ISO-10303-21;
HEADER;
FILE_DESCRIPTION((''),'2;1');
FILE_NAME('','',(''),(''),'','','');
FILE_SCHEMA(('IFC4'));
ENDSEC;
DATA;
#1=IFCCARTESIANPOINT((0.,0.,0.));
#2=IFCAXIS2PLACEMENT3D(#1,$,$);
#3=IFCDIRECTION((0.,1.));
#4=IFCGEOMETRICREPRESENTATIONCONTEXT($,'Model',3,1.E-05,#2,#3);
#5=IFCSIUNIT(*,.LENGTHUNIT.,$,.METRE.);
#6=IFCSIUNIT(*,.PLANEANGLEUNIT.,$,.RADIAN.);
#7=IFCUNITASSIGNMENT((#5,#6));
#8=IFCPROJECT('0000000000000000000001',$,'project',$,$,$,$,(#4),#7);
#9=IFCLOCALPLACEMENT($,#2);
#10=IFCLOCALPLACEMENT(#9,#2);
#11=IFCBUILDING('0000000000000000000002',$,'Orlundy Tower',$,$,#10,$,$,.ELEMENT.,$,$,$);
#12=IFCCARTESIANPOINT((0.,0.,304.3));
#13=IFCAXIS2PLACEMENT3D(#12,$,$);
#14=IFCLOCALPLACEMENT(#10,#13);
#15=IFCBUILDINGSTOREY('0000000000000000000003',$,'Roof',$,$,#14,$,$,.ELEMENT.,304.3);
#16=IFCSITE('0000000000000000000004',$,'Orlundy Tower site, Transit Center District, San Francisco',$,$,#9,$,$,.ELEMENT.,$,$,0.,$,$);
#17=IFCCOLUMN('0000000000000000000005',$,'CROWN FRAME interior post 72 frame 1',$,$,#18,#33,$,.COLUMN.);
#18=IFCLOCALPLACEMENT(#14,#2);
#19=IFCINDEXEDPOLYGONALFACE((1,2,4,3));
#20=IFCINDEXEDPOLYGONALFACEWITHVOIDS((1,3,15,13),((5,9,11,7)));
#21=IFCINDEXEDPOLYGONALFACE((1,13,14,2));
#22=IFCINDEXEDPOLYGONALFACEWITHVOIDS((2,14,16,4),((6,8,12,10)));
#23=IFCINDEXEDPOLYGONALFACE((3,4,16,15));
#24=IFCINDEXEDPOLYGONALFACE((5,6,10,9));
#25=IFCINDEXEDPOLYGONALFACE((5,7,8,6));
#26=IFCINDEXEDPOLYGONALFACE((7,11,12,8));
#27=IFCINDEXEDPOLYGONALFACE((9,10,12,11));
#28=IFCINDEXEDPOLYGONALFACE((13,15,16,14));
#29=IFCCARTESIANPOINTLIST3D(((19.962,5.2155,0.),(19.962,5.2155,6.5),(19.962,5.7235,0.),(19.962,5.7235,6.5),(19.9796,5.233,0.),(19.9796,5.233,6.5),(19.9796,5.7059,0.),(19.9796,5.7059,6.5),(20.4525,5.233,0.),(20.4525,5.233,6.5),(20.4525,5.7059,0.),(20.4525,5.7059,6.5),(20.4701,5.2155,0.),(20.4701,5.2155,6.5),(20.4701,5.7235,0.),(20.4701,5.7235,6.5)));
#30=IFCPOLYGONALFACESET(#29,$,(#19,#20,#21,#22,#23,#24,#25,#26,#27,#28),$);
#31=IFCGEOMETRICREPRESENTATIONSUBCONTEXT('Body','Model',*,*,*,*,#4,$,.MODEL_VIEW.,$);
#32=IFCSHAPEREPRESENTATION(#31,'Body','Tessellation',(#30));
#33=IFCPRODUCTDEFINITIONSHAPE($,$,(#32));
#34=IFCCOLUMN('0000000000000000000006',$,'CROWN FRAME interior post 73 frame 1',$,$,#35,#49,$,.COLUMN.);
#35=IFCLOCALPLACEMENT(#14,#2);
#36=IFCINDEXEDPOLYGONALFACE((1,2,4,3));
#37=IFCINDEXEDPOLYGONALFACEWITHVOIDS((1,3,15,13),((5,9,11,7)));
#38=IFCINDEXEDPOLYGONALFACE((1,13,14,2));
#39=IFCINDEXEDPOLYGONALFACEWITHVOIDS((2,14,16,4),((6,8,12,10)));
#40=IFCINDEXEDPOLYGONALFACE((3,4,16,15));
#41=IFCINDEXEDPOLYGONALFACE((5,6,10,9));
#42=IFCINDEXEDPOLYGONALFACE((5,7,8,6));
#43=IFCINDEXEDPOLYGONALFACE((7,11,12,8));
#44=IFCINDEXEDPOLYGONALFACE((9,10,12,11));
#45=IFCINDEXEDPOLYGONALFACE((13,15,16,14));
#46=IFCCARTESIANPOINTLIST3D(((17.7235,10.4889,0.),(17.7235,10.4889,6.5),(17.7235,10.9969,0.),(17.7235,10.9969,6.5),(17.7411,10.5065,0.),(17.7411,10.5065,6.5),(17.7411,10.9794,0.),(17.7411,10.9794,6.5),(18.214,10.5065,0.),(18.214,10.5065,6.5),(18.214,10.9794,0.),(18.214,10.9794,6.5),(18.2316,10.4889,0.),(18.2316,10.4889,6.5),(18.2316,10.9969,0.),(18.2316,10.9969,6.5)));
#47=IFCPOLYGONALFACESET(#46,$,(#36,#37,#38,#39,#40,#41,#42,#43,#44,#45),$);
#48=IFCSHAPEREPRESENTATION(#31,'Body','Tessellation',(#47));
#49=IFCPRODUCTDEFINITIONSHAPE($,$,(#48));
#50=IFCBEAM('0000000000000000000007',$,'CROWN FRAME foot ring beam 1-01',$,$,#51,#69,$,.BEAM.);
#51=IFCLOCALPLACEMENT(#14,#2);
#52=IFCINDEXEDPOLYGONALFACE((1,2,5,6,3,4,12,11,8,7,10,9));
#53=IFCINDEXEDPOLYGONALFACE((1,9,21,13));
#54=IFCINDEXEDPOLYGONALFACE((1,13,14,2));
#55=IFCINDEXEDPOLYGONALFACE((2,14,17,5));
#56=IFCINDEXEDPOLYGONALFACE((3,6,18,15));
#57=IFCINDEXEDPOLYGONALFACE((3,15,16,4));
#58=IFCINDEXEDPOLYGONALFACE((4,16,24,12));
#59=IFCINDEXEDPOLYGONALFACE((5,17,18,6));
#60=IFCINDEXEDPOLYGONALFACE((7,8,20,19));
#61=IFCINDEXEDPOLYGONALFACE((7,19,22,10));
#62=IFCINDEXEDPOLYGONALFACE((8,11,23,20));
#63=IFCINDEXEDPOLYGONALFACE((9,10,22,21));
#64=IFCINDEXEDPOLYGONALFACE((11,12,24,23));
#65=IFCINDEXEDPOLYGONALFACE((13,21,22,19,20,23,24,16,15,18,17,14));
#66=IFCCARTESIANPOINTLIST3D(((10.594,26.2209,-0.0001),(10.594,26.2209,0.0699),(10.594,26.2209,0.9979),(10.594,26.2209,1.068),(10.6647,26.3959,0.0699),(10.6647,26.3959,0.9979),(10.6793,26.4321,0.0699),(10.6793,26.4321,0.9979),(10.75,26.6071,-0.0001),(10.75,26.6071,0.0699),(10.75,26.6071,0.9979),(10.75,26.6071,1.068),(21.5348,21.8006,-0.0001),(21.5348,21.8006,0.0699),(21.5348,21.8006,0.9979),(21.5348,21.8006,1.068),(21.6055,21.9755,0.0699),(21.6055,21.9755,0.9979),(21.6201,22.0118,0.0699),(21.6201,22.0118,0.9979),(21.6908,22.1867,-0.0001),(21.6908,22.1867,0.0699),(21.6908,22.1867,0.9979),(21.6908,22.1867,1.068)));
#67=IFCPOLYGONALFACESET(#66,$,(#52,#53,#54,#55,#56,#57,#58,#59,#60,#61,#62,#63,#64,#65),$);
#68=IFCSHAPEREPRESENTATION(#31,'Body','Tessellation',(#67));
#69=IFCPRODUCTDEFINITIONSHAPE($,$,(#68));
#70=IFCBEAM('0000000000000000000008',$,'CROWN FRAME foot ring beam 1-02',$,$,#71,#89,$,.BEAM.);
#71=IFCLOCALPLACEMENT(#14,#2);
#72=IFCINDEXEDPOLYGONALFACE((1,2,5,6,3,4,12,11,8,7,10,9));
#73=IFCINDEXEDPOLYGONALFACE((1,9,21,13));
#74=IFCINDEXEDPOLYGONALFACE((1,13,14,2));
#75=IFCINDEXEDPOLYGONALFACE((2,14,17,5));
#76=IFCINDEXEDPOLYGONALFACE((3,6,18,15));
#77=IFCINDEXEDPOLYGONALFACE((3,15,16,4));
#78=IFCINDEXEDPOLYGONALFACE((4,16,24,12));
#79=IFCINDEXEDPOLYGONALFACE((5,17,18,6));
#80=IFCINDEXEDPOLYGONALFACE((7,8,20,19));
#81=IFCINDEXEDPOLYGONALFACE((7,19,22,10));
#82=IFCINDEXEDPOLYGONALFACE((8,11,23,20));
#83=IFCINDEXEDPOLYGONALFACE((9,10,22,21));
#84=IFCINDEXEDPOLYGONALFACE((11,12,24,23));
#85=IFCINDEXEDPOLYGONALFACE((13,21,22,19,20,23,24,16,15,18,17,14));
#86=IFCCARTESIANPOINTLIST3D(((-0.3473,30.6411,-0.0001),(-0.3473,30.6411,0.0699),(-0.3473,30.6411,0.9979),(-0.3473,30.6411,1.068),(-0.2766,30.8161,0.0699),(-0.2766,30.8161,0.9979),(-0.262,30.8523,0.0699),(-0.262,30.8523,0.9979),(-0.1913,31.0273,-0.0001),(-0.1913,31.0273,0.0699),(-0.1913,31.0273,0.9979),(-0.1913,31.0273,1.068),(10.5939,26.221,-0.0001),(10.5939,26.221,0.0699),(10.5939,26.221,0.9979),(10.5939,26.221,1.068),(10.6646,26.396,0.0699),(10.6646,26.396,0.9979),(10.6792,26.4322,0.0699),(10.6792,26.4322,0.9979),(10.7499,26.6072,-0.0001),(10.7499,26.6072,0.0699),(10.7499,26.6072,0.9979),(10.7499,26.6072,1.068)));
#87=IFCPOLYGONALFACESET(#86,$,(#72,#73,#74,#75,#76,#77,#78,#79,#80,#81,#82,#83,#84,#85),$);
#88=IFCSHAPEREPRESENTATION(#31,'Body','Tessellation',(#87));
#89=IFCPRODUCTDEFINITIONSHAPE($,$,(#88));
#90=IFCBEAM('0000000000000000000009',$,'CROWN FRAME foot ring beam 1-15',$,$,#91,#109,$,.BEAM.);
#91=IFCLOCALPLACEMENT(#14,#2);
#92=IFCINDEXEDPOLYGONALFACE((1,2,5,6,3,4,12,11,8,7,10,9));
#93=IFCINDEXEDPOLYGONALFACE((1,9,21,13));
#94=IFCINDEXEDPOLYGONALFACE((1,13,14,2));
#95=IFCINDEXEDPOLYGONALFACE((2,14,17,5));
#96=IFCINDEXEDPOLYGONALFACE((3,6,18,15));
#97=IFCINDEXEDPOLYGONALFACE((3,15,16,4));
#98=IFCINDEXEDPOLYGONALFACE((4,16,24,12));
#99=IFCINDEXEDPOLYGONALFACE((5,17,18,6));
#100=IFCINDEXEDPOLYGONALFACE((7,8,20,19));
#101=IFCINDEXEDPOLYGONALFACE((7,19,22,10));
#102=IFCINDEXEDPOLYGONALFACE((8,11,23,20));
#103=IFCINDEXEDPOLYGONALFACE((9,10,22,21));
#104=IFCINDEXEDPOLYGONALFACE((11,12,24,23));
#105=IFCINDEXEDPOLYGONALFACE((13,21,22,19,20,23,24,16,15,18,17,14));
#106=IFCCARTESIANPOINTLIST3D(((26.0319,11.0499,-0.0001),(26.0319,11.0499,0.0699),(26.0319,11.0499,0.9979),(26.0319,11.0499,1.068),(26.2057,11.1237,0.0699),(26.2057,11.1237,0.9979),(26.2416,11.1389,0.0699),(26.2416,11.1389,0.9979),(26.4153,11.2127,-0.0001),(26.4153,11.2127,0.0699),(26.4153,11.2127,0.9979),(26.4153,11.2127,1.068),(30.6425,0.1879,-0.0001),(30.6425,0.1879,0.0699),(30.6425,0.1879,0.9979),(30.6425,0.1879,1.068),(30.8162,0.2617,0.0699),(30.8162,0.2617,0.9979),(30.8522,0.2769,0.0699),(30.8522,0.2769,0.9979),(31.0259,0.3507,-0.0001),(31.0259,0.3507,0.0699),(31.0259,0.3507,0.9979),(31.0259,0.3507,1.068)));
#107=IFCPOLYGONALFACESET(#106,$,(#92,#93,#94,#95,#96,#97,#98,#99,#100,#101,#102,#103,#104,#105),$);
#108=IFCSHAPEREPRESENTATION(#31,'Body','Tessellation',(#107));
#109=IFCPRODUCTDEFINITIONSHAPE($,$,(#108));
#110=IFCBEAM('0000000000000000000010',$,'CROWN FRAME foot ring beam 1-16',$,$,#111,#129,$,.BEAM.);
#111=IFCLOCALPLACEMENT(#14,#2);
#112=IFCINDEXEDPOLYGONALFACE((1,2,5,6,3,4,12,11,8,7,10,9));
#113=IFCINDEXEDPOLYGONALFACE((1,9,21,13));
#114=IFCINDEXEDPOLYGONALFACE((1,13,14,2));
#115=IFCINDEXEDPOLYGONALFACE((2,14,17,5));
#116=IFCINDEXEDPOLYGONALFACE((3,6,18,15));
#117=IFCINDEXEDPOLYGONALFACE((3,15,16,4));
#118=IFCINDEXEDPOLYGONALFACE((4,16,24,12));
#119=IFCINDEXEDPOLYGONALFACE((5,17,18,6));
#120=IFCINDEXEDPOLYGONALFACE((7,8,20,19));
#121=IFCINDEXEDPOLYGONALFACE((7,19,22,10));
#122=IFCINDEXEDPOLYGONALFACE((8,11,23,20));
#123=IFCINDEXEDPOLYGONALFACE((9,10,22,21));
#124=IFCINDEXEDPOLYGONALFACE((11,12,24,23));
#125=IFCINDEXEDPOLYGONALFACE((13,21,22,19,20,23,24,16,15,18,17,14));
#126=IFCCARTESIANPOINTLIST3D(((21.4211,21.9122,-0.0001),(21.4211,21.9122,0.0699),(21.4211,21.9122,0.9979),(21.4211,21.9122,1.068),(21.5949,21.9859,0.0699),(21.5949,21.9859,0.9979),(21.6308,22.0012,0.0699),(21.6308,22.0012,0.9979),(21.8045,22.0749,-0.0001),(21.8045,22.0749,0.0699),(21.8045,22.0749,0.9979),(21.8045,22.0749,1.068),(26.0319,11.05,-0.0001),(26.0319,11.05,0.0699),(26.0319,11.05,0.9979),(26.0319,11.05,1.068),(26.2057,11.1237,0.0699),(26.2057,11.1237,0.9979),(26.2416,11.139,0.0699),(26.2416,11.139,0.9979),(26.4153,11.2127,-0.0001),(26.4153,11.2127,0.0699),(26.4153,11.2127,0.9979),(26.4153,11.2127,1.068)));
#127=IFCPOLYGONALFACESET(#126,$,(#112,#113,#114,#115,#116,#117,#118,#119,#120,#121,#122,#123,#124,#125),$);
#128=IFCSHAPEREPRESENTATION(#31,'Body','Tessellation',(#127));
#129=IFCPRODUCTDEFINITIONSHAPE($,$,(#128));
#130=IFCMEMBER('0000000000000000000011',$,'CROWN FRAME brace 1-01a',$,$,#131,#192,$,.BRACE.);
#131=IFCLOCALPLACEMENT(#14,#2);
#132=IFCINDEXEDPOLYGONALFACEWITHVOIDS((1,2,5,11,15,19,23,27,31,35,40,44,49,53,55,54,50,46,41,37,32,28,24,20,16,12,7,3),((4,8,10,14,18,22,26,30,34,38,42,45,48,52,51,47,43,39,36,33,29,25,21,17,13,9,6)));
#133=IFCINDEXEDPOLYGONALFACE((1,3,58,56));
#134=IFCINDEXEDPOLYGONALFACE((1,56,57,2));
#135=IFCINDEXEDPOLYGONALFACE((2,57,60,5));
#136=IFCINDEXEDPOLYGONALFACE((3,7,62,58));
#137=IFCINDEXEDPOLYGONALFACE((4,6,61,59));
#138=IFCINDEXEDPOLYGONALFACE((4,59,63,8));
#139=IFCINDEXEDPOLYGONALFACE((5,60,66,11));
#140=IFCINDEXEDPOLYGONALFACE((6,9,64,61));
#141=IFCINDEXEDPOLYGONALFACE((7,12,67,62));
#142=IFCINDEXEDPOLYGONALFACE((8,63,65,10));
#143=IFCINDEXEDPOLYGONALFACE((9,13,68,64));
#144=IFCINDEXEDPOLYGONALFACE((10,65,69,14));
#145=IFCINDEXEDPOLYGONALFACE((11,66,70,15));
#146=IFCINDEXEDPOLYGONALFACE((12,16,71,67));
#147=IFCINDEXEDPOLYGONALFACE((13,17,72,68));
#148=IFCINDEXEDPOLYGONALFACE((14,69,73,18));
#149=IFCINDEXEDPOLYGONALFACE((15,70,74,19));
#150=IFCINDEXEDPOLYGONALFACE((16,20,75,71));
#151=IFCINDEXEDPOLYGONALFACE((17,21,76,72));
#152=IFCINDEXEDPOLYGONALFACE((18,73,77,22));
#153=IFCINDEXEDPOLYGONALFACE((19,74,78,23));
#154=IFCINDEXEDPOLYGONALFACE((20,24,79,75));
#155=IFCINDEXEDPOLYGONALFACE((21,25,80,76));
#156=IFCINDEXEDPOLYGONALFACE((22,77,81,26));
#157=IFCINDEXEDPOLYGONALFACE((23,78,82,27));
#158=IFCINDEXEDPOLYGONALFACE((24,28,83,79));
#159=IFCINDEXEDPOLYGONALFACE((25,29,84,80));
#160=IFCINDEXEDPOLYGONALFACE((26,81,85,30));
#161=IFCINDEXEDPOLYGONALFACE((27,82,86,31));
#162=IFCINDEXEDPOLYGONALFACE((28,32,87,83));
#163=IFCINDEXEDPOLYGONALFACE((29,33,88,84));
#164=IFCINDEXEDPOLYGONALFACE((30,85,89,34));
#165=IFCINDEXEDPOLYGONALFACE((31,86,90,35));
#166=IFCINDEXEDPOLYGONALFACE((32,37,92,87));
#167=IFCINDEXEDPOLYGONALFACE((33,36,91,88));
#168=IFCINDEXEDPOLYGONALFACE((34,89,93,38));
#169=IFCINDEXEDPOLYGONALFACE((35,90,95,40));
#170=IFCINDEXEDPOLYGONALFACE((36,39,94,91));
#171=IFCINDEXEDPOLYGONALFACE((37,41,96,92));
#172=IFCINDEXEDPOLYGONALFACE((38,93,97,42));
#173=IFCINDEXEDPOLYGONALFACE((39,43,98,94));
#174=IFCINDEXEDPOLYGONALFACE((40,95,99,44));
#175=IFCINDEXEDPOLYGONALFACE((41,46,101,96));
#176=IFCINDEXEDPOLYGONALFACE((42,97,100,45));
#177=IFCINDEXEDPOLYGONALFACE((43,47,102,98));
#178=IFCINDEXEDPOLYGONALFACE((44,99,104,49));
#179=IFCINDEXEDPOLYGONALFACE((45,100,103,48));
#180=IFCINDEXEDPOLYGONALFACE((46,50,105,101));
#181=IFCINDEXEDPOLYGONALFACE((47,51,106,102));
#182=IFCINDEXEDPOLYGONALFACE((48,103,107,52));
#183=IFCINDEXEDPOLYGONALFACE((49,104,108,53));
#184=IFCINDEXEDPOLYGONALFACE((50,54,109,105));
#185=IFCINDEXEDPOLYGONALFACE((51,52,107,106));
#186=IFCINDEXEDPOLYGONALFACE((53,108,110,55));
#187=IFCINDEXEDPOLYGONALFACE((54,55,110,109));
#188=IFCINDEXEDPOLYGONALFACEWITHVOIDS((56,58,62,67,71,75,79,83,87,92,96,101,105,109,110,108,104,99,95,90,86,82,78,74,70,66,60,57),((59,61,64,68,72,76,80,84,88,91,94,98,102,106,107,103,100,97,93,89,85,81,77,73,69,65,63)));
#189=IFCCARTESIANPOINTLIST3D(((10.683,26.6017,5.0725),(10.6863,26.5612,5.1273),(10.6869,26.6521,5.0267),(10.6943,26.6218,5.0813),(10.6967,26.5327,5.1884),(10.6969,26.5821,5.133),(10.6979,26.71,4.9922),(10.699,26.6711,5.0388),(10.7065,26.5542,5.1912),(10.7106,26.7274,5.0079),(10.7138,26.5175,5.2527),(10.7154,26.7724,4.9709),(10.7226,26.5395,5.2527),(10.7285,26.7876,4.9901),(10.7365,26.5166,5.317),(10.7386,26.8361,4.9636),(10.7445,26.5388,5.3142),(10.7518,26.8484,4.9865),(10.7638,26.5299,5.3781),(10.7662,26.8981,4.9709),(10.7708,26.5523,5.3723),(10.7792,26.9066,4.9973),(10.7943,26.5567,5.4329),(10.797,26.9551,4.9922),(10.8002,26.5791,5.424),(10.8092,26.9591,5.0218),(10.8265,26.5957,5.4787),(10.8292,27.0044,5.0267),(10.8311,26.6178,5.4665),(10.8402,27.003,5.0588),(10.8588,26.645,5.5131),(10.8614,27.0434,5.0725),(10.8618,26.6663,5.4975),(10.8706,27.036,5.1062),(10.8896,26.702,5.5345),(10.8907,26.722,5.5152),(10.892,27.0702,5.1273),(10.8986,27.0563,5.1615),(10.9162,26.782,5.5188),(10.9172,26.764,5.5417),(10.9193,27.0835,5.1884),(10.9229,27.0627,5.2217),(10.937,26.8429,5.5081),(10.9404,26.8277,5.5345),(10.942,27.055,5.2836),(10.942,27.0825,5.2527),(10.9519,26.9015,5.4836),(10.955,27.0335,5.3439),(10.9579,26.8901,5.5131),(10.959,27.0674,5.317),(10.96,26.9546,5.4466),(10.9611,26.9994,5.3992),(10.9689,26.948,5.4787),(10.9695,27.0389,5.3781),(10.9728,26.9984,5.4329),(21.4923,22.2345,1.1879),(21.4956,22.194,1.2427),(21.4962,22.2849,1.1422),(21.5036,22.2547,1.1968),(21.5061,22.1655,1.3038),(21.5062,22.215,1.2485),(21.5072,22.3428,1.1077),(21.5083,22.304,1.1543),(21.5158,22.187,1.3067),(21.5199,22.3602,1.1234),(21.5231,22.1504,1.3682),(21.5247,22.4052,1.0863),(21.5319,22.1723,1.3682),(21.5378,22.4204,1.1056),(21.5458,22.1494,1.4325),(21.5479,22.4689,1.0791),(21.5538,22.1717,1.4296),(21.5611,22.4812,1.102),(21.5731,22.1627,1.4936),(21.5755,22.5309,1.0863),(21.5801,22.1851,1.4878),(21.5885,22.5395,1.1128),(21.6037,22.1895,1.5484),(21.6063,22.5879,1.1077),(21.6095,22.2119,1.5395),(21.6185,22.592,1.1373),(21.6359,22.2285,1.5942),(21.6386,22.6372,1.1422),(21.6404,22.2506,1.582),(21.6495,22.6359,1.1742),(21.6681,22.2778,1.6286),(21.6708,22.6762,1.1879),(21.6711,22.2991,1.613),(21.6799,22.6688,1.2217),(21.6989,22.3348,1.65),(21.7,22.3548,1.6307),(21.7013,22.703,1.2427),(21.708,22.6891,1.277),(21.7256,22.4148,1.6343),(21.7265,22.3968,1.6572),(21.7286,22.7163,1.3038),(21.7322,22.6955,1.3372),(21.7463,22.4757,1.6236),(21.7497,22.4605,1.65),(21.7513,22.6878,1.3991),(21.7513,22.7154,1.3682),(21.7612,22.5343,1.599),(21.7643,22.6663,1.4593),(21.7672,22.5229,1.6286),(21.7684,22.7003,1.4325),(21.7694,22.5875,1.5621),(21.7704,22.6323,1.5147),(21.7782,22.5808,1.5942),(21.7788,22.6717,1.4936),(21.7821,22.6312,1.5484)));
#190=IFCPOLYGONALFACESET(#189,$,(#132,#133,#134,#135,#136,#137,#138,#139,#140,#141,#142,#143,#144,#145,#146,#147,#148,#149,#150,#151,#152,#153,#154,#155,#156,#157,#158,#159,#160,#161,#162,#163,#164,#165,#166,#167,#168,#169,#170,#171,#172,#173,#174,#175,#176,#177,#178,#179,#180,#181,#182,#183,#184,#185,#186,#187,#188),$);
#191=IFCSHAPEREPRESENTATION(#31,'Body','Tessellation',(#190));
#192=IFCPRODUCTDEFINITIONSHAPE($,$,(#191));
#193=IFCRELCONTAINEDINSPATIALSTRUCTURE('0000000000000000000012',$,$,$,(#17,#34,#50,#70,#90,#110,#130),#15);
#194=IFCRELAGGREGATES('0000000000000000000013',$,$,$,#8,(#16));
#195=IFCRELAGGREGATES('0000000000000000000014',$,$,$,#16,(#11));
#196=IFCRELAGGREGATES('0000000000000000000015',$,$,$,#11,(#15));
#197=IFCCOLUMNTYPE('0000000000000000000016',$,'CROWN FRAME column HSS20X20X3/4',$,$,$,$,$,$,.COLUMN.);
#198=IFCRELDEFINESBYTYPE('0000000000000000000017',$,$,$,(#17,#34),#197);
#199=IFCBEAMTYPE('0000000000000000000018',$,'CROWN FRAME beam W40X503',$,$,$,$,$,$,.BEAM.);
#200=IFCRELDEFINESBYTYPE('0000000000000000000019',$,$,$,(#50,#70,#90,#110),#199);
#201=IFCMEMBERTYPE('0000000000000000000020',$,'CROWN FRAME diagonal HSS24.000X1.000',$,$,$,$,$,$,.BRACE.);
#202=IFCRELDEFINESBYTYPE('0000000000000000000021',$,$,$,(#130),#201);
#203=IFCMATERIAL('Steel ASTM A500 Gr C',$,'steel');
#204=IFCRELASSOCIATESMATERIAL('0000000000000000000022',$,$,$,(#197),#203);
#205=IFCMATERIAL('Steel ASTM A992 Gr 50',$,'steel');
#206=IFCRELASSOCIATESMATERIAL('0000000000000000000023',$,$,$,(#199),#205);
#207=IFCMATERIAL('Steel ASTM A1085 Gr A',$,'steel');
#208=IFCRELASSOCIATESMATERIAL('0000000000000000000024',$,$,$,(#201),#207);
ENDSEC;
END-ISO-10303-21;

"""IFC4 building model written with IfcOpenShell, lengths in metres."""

from ifc_helpers import new_model, si_unit, direction, frame, origin, origin_2d, place, context, subcontext, project, spatial, hollow_rectangle, hollow_circle, i_section, extrude, material, material_profile, profile_set, type_object, element, save


model = new_model("IFC4")

# Units and contexts
model_context = context("Model", 3, precision=1e-05, world=origin(), true_north=direction((0.0, 1.0)))
body_context = subcontext(model_context, "Body", "Model", "MODEL_VIEW")
ifc_project = project(units=[si_unit("LENGTHUNIT", "METRE"), si_unit("PLANEANGLEUNIT", "RADIAN")], contexts=[model_context])

# Site, building, storey
site_placement = place(None, origin())
site = spatial("IfcSite", under=ifc_project, at=site_placement, Name="Orlundy Tower site, Transit Center District, San Francisco", CompositionType="ELEMENT", RefElevation=0.0)
building_placement = place(site_placement, origin())
building = spatial("IfcBuilding", under=site, at=building_placement, Name="Orlundy Tower", CompositionType="ELEMENT")
storey_placement = place(building_placement, frame((0.0, 0.0, 304.3)))
storey = spatial("IfcBuildingStorey", under=building, at=storey_placement, Name="Roof", CompositionType="ELEMENT", Elevation=304.3)

# Columns
ifc_material_1 = material(Name="Steel ASTM A500 Gr C", Category="steel")
ifc_material_profile_1 = material_profile(ifc_material_1, hollow_rectangle(XDim=0.5081, YDim=0.5081, WallThickness=0.0176, at=origin_2d()), Name="HSS20X20X3/4")
ifc_profile_set_1 = profile_set([ifc_material_profile_1], Name="Steel ASTM A500 Gr C")
column_type = type_object("IfcColumnType", Name="CROWN FRAME column HSS20X20X3/4", PredefinedType="COLUMN", material=ifc_profile_set_1)
for number, where, z_axis, x_axis, name in (
    (1, (20.2161, 5.4695, 0.0), (0.0, 0.0, 1.0), (1.0, 0.0, 0.0), "CROWN FRAME interior post 72 frame 1"),
    (2, (17.9775, 10.7429, 0.0), (0.0, 0.0, 1.0), (1.0, 0.0, 0.0), "CROWN FRAME interior post 73 frame 1"),
):
    element("IfcColumn", number, at=place(storey_placement, frame(where, z_axis=z_axis, x_axis=x_axis)), inside=storey, type_object=column_type, Name=name, PredefinedType="COLUMN", context=body_context, shape_type="SweptSolid", body=[
        extrude(hollow_rectangle(XDim=0.5081, YDim=0.5081, WallThickness=0.0176, at=origin_2d()), origin(), (0.0, 0.0, 1.0), 6.5),
    ])

# Beams
ifc_material_2 = material(Name="Steel ASTM A992 Gr 50", Category="steel")
ifc_material_profile_2 = material_profile(ifc_material_2, i_section(OverallWidth=0.4165, OverallDepth=1.0681, WebThickness=0.0391, FlangeThickness=0.0701, at=origin_2d()), Name="W40X503")
ifc_profile_set_2 = profile_set([ifc_material_profile_2], Name="Steel ASTM A992 Gr 50")
beam_type = type_object("IfcBeamType", Name="CROWN FRAME beam W40X503", PredefinedType="BEAM", material=ifc_profile_set_2)
beam_1_placement = place(storey_placement, frame((21.6128, 21.9937, 0.5339), z_axis=(-0.927184, 0.374606, 0.0), x_axis=(-0.374606, -0.927184, 0.0)))
element("IfcBeam", 3, at=beam_1_placement, inside=storey, type_object=beam_type, Name="CROWN FRAME foot ring beam 1-01", PredefinedType="BEAM", context=body_context, shape_type="SweptSolid", body=[
    extrude(i_section(OverallWidth=0.4165, OverallDepth=1.0681, WebThickness=0.0391, FlangeThickness=0.0701, at=origin_2d()), origin(), (0.0, 0.0, 1.0), 11.8),
])
beam_2_placement = place(storey_placement, frame((10.6719, 26.4141, 0.5339), z_axis=(-0.927194, 0.374581, 0.0), x_axis=(-0.374581, -0.927194, 0.0)))
element("IfcBeam", 4, at=beam_2_placement, inside=storey, type_object=beam_type, Name="CROWN FRAME foot ring beam 1-02", PredefinedType="BEAM", context=body_context, shape_type="SweptSolid", body=[
    extrude(i_section(OverallWidth=0.4165, OverallDepth=1.0681, WebThickness=0.0391, FlangeThickness=0.0701, at=origin_2d()), origin(), (0.0, 0.0, 1.0), 11.8003),
])
beam_3_placement = place(storey_placement, frame((30.8342, 0.2693, 0.5339), z_axis=(-0.390726, 0.920507, 0.0), x_axis=(-0.920507, -0.390726, 0.0)))
element("IfcBeam", 5, at=beam_3_placement, inside=storey, type_object=beam_type, Name="CROWN FRAME foot ring beam 1-15", PredefinedType="BEAM", context=body_context, shape_type="SweptSolid", body=[
    extrude(i_section(OverallWidth=0.4165, OverallDepth=1.0681, WebThickness=0.0391, FlangeThickness=0.0701, at=origin_2d()), origin(), (0.0, 0.0, 1.0), 11.8),
])
beam_4_placement = place(storey_placement, frame((26.2236, 11.1313, 0.5339), z_axis=(-0.390736, 0.920503, 0.0), x_axis=(-0.920503, -0.390736, 0.0)))
element("IfcBeam", 6, at=beam_4_placement, inside=storey, type_object=beam_type, Name="CROWN FRAME foot ring beam 1-16", PredefinedType="BEAM", context=body_context, shape_type="SweptSolid", body=[
    extrude(i_section(OverallWidth=0.4165, OverallDepth=1.0681, WebThickness=0.0391, FlangeThickness=0.0701, at=origin_2d()), origin(), (0.0, 0.0, 1.0), 11.8003),
])

# Member
ifc_material_3 = material(Name="Steel ASTM A1085 Gr A", Category="steel")
ifc_material_profile_3 = material_profile(ifc_material_3, hollow_circle(Radius=0.3047, WallThickness=0.0237, at=origin_2d()), Name="HSS24.000X1.000")
ifc_profile_set_3 = profile_set([ifc_material_profile_3], Name="Steel ASTM A1085 Gr A")
member_type_1 = type_object("IfcMemberType", Name="CROWN FRAME diagonal HSS24.000X1.000", PredefinedType="BRACE", material=ifc_profile_set_3)
member_1_placement = place(storey_placement, frame((21.6372, 22.4329, 1.3682), z_axis=(-0.879641, 0.355393, 0.316114), x_axis=(-0.374602, -0.927186, 0.0)))
element("IfcMember", 7, at=member_1_placement, inside=storey, type_object=member_type_1, Name="CROWN FRAME brace 1-01a", PredefinedType="BRACE", context=body_context, shape_type="SweptSolid", body=[
    extrude(hollow_circle(Radius=0.3047, WallThickness=0.0237, at=origin_2d()), origin(), (0.0, 0.0, 1.0), 12.2883),
])

save(model, "model.ifc")
